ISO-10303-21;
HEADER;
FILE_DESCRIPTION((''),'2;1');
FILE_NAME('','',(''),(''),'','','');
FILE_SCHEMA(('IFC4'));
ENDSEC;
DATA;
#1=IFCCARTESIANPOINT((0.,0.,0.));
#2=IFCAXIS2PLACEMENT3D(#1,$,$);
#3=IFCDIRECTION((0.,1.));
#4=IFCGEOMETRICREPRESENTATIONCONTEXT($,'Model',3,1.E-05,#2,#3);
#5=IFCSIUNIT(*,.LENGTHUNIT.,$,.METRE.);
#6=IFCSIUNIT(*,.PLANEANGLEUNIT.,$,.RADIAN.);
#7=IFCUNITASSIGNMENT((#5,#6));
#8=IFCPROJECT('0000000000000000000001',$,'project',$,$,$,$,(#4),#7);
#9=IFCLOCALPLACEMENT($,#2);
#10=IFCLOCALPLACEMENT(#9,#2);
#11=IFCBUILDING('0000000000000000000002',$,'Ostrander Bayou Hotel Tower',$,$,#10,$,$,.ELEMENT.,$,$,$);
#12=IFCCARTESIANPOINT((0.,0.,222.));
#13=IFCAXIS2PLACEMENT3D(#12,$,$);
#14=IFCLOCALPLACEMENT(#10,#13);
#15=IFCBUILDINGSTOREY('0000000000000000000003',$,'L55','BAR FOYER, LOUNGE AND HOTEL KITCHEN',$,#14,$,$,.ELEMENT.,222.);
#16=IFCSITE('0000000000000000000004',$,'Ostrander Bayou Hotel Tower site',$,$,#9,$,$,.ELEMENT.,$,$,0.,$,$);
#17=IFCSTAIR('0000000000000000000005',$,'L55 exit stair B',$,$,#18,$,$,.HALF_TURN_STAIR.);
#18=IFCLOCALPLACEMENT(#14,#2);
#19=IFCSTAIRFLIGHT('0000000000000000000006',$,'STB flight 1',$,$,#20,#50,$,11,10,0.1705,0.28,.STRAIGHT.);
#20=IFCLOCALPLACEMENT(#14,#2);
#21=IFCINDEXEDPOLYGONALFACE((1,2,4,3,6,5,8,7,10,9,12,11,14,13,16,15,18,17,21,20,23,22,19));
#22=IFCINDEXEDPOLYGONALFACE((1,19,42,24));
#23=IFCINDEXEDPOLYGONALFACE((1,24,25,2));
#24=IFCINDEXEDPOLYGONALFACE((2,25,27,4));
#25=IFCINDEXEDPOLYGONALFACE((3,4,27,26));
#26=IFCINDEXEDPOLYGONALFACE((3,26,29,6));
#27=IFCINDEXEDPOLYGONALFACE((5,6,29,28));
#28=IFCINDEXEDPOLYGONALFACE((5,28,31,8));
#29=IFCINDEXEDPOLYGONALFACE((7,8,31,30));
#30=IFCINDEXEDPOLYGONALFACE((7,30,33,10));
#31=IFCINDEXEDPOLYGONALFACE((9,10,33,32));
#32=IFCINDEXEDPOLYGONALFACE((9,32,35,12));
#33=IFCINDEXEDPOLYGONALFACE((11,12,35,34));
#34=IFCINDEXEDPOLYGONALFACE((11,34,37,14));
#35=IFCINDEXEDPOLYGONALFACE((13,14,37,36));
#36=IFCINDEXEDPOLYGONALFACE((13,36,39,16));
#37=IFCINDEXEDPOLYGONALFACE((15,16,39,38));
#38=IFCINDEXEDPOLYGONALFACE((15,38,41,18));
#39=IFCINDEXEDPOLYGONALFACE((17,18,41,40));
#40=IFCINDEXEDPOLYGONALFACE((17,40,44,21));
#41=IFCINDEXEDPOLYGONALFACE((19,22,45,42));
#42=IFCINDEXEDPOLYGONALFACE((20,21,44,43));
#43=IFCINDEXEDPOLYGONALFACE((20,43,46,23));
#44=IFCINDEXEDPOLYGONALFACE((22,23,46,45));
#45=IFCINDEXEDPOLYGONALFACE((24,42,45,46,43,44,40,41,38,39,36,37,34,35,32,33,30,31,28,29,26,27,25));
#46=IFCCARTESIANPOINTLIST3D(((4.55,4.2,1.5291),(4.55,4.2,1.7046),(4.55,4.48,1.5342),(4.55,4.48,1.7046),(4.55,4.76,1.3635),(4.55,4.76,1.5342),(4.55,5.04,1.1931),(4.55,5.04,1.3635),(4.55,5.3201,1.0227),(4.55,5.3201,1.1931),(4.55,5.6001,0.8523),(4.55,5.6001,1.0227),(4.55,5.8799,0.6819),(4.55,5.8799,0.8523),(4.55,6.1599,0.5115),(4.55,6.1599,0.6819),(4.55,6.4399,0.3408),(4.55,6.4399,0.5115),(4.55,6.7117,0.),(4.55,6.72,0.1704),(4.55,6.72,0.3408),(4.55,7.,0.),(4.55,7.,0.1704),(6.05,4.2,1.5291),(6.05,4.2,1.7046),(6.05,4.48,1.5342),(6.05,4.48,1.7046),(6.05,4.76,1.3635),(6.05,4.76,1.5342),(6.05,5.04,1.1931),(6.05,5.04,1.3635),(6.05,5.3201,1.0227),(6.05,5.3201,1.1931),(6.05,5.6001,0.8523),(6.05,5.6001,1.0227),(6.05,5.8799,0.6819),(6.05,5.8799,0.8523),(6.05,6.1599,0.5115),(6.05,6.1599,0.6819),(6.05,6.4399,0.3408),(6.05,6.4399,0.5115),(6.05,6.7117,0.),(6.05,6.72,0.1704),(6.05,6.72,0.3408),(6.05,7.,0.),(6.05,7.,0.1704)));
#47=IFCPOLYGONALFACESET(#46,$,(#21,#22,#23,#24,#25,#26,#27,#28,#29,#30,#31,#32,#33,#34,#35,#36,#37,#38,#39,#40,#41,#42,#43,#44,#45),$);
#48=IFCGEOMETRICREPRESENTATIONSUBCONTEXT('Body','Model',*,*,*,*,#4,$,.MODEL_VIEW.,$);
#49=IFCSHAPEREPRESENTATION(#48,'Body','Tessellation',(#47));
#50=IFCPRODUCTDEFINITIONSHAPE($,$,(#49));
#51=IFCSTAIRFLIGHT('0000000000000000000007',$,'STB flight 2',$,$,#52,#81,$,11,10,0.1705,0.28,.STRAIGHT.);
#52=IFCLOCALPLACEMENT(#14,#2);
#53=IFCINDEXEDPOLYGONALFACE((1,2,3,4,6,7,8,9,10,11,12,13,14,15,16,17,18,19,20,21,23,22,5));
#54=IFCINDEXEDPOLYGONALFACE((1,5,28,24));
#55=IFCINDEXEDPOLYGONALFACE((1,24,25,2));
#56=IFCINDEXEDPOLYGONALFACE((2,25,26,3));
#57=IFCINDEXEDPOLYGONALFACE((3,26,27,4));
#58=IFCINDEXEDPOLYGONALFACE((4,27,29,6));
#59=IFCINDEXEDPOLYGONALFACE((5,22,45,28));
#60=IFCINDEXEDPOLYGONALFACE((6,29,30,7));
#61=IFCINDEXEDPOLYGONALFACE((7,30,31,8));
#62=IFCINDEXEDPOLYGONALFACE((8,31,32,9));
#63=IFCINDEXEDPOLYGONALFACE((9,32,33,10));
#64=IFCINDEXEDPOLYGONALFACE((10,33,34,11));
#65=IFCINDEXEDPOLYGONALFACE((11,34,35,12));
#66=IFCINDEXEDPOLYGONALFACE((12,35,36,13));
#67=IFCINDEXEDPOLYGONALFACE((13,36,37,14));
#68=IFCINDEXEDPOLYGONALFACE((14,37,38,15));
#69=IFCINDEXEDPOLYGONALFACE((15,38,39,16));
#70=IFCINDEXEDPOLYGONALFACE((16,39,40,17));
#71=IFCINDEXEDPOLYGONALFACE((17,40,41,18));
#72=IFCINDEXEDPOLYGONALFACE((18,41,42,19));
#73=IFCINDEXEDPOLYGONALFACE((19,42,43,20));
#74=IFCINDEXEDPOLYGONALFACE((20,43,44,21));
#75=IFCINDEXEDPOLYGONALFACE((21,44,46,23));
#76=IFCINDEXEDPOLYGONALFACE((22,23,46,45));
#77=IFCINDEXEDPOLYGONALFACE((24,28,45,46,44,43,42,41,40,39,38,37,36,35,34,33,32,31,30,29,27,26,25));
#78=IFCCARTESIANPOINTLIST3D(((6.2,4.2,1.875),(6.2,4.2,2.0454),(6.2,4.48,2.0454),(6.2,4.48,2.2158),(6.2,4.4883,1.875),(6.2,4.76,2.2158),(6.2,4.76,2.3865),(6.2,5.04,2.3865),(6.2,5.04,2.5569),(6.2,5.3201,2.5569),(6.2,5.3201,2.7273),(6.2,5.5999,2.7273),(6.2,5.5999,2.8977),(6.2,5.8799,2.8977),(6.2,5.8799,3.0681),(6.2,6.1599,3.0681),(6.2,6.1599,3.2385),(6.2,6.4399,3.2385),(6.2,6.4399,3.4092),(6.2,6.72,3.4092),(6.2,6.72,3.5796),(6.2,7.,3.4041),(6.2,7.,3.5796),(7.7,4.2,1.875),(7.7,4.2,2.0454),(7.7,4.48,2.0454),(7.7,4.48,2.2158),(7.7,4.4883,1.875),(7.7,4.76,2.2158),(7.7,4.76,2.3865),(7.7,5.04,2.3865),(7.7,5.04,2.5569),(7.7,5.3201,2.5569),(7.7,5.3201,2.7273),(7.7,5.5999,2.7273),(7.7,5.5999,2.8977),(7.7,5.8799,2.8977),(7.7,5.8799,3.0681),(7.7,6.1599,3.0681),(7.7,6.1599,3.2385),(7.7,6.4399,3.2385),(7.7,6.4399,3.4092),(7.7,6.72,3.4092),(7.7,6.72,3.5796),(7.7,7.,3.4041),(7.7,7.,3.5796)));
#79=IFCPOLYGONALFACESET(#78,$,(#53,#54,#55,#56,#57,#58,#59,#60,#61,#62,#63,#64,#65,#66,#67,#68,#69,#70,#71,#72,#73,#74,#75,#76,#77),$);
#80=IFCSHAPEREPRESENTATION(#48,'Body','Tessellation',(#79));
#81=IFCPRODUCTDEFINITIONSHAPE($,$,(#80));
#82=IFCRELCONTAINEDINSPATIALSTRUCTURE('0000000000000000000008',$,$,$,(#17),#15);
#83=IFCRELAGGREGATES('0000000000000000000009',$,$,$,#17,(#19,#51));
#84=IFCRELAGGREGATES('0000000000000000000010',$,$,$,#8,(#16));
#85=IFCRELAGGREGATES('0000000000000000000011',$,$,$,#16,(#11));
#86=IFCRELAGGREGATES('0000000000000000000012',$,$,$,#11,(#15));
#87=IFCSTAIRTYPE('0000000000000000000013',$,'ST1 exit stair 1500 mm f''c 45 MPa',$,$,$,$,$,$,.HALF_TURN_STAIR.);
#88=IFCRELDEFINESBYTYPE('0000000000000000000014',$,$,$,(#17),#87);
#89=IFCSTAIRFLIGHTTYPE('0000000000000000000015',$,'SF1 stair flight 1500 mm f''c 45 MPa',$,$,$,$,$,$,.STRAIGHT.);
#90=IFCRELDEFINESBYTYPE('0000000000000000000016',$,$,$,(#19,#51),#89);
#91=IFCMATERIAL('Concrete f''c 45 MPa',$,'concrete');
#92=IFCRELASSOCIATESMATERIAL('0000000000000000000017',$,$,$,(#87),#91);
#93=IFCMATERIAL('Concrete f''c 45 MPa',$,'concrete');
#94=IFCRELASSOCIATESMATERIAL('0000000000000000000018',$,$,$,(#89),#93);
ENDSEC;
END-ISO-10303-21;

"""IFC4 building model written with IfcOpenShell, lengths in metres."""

from ifc_helpers import new_model, si_unit, direction, frame, origin, place, context, subcontext, project, spatial, polyline, outline, extrude, material, type_object, element, aggregate, save


model = new_model("IFC4")

# Units and contexts
model_context = context("Model", 3, precision=1e-05, world=origin(), true_north=direction((0.0, 1.0)))
body_context = subcontext(model_context, "Body", "Model", "MODEL_VIEW")
ifc_project = project(units=[si_unit("LENGTHUNIT", "METRE"), si_unit("PLANEANGLEUNIT", "RADIAN")], contexts=[model_context])

# Site, building, storey
site_placement = place(None, origin())
site = spatial("IfcSite", under=ifc_project, at=site_placement, Name="Ostrander Bayou Hotel Tower site", CompositionType="ELEMENT", RefElevation=0.0)
building_placement = place(site_placement, origin())
building = spatial("IfcBuilding", under=site, at=building_placement, Name="Ostrander Bayou Hotel Tower", CompositionType="ELEMENT")
storey_placement = place(building_placement, frame((0.0, 0.0, 222.0)))
storey = spatial("IfcBuildingStorey", under=building, at=storey_placement, Name="L55", Description="BAR FOYER, LOUNGE AND HOTEL KITCHEN", CompositionType="ELEMENT", Elevation=222.0)

# Stair, stair flights
ifc_material_1 = material(Name="Concrete f'c 45 MPa", Category="concrete")
stair_type = type_object("IfcStairType", Name="ST1 exit stair 1500 mm f'c 45 MPa", PredefinedType="HALF_TURN_STAIR", material=ifc_material_1)
stair_placement = place(storey_placement, origin())
stair = element("IfcStair", 1, at=stair_placement, inside=storey, type_object=stair_type, Name="L55 exit stair B", PredefinedType="HALF_TURN_STAIR")
ifc_material_2 = material(Name="Concrete f'c 45 MPa", Category="concrete")
stair_flight_type = type_object("IfcStairFlightType", Name="SF1 stair flight 1500 mm f'c 45 MPa", PredefinedType="STRAIGHT", material=ifc_material_2)
stair_flight_1_placement = place(storey_placement, frame((5.3, 7.0, 0.0), z_axis=(0.0, 0.0, 1.0), x_axis=(0.0, -1.0, 0.0)))
stair_flight_1 = element("IfcStairFlight", 2, at=stair_flight_1_placement, type_object=stair_flight_type, Name="STB flight 1", NumberOfRisers=11, NumberOfTreads=10, PredefinedType="STRAIGHT", RiserHeight=0.1705, TreadLength=0.28, context=body_context, shape_type="SweptSolid", body=[
    extrude(outline(polyline([(0.0, 0.0), (0.0, 0.1704), (0.28, 0.1704), (0.28, 0.3408), (0.5601, 0.3408), (0.5601, 0.5115), (0.8401, 0.5115), (0.8401, 0.6819), (1.1201, 0.6819), (1.1201, 0.8523), (1.3999, 0.8523), (1.3999, 1.0227), (1.6799, 1.0227), (1.6799, 1.1931), (1.96, 1.1931), (1.96, 1.3635), (2.24, 1.3635), (2.24, 1.5342), (2.52, 1.5342), (2.52, 1.7046), (2.8, 1.7046), (2.8, 1.875), (2.8, 1.5291), (0.2883, 0.0), (0.0, 0.0)])), frame((0.0, 0.75, 0.0), z_axis=(0.0, -1.0, 0.0), x_axis=(1.0, 0.0, 0.0)), (0.0, 0.0, 1.0), 1.5),
])
stair_flight_2_placement = place(storey_placement, frame((6.95, 4.2, 1.875), z_axis=(0.0, 0.0, 1.0), x_axis=(0.0, 1.0, 0.0)))
stair_flight_2 = element("IfcStairFlight", 3, at=stair_flight_2_placement, type_object=stair_flight_type, Name="STB flight 2", NumberOfRisers=11, NumberOfTreads=10, PredefinedType="STRAIGHT", RiserHeight=0.1705, TreadLength=0.28, context=body_context, shape_type="SweptSolid", body=[
    extrude(outline(polyline([(0.0, 0.0), (0.0, 0.1704), (0.28, 0.1704), (0.28, 0.3408), (0.5601, 0.3408), (0.5601, 0.5115), (0.8401, 0.5115), (0.8401, 0.6819), (1.1201, 0.6819), (1.1201, 0.8523), (1.3999, 0.8523), (1.3999, 1.0227), (1.6799, 1.0227), (1.6799, 1.1931), (1.96, 1.1931), (1.96, 1.3635), (2.24, 1.3635), (2.24, 1.5342), (2.52, 1.5342), (2.52, 1.7046), (2.8, 1.7046), (2.8, 1.875), (2.8, 1.5291), (0.2883, 0.0), (0.0, 0.0)])), frame((0.0, 0.75, 0.0), z_axis=(0.0, -1.0, 0.0), x_axis=(1.0, 0.0, 0.0)), (0.0, 0.0, 1.0), 1.5),
])
aggregate(stair, [stair_flight_1, stair_flight_2])

save(model, "model.ifc")
